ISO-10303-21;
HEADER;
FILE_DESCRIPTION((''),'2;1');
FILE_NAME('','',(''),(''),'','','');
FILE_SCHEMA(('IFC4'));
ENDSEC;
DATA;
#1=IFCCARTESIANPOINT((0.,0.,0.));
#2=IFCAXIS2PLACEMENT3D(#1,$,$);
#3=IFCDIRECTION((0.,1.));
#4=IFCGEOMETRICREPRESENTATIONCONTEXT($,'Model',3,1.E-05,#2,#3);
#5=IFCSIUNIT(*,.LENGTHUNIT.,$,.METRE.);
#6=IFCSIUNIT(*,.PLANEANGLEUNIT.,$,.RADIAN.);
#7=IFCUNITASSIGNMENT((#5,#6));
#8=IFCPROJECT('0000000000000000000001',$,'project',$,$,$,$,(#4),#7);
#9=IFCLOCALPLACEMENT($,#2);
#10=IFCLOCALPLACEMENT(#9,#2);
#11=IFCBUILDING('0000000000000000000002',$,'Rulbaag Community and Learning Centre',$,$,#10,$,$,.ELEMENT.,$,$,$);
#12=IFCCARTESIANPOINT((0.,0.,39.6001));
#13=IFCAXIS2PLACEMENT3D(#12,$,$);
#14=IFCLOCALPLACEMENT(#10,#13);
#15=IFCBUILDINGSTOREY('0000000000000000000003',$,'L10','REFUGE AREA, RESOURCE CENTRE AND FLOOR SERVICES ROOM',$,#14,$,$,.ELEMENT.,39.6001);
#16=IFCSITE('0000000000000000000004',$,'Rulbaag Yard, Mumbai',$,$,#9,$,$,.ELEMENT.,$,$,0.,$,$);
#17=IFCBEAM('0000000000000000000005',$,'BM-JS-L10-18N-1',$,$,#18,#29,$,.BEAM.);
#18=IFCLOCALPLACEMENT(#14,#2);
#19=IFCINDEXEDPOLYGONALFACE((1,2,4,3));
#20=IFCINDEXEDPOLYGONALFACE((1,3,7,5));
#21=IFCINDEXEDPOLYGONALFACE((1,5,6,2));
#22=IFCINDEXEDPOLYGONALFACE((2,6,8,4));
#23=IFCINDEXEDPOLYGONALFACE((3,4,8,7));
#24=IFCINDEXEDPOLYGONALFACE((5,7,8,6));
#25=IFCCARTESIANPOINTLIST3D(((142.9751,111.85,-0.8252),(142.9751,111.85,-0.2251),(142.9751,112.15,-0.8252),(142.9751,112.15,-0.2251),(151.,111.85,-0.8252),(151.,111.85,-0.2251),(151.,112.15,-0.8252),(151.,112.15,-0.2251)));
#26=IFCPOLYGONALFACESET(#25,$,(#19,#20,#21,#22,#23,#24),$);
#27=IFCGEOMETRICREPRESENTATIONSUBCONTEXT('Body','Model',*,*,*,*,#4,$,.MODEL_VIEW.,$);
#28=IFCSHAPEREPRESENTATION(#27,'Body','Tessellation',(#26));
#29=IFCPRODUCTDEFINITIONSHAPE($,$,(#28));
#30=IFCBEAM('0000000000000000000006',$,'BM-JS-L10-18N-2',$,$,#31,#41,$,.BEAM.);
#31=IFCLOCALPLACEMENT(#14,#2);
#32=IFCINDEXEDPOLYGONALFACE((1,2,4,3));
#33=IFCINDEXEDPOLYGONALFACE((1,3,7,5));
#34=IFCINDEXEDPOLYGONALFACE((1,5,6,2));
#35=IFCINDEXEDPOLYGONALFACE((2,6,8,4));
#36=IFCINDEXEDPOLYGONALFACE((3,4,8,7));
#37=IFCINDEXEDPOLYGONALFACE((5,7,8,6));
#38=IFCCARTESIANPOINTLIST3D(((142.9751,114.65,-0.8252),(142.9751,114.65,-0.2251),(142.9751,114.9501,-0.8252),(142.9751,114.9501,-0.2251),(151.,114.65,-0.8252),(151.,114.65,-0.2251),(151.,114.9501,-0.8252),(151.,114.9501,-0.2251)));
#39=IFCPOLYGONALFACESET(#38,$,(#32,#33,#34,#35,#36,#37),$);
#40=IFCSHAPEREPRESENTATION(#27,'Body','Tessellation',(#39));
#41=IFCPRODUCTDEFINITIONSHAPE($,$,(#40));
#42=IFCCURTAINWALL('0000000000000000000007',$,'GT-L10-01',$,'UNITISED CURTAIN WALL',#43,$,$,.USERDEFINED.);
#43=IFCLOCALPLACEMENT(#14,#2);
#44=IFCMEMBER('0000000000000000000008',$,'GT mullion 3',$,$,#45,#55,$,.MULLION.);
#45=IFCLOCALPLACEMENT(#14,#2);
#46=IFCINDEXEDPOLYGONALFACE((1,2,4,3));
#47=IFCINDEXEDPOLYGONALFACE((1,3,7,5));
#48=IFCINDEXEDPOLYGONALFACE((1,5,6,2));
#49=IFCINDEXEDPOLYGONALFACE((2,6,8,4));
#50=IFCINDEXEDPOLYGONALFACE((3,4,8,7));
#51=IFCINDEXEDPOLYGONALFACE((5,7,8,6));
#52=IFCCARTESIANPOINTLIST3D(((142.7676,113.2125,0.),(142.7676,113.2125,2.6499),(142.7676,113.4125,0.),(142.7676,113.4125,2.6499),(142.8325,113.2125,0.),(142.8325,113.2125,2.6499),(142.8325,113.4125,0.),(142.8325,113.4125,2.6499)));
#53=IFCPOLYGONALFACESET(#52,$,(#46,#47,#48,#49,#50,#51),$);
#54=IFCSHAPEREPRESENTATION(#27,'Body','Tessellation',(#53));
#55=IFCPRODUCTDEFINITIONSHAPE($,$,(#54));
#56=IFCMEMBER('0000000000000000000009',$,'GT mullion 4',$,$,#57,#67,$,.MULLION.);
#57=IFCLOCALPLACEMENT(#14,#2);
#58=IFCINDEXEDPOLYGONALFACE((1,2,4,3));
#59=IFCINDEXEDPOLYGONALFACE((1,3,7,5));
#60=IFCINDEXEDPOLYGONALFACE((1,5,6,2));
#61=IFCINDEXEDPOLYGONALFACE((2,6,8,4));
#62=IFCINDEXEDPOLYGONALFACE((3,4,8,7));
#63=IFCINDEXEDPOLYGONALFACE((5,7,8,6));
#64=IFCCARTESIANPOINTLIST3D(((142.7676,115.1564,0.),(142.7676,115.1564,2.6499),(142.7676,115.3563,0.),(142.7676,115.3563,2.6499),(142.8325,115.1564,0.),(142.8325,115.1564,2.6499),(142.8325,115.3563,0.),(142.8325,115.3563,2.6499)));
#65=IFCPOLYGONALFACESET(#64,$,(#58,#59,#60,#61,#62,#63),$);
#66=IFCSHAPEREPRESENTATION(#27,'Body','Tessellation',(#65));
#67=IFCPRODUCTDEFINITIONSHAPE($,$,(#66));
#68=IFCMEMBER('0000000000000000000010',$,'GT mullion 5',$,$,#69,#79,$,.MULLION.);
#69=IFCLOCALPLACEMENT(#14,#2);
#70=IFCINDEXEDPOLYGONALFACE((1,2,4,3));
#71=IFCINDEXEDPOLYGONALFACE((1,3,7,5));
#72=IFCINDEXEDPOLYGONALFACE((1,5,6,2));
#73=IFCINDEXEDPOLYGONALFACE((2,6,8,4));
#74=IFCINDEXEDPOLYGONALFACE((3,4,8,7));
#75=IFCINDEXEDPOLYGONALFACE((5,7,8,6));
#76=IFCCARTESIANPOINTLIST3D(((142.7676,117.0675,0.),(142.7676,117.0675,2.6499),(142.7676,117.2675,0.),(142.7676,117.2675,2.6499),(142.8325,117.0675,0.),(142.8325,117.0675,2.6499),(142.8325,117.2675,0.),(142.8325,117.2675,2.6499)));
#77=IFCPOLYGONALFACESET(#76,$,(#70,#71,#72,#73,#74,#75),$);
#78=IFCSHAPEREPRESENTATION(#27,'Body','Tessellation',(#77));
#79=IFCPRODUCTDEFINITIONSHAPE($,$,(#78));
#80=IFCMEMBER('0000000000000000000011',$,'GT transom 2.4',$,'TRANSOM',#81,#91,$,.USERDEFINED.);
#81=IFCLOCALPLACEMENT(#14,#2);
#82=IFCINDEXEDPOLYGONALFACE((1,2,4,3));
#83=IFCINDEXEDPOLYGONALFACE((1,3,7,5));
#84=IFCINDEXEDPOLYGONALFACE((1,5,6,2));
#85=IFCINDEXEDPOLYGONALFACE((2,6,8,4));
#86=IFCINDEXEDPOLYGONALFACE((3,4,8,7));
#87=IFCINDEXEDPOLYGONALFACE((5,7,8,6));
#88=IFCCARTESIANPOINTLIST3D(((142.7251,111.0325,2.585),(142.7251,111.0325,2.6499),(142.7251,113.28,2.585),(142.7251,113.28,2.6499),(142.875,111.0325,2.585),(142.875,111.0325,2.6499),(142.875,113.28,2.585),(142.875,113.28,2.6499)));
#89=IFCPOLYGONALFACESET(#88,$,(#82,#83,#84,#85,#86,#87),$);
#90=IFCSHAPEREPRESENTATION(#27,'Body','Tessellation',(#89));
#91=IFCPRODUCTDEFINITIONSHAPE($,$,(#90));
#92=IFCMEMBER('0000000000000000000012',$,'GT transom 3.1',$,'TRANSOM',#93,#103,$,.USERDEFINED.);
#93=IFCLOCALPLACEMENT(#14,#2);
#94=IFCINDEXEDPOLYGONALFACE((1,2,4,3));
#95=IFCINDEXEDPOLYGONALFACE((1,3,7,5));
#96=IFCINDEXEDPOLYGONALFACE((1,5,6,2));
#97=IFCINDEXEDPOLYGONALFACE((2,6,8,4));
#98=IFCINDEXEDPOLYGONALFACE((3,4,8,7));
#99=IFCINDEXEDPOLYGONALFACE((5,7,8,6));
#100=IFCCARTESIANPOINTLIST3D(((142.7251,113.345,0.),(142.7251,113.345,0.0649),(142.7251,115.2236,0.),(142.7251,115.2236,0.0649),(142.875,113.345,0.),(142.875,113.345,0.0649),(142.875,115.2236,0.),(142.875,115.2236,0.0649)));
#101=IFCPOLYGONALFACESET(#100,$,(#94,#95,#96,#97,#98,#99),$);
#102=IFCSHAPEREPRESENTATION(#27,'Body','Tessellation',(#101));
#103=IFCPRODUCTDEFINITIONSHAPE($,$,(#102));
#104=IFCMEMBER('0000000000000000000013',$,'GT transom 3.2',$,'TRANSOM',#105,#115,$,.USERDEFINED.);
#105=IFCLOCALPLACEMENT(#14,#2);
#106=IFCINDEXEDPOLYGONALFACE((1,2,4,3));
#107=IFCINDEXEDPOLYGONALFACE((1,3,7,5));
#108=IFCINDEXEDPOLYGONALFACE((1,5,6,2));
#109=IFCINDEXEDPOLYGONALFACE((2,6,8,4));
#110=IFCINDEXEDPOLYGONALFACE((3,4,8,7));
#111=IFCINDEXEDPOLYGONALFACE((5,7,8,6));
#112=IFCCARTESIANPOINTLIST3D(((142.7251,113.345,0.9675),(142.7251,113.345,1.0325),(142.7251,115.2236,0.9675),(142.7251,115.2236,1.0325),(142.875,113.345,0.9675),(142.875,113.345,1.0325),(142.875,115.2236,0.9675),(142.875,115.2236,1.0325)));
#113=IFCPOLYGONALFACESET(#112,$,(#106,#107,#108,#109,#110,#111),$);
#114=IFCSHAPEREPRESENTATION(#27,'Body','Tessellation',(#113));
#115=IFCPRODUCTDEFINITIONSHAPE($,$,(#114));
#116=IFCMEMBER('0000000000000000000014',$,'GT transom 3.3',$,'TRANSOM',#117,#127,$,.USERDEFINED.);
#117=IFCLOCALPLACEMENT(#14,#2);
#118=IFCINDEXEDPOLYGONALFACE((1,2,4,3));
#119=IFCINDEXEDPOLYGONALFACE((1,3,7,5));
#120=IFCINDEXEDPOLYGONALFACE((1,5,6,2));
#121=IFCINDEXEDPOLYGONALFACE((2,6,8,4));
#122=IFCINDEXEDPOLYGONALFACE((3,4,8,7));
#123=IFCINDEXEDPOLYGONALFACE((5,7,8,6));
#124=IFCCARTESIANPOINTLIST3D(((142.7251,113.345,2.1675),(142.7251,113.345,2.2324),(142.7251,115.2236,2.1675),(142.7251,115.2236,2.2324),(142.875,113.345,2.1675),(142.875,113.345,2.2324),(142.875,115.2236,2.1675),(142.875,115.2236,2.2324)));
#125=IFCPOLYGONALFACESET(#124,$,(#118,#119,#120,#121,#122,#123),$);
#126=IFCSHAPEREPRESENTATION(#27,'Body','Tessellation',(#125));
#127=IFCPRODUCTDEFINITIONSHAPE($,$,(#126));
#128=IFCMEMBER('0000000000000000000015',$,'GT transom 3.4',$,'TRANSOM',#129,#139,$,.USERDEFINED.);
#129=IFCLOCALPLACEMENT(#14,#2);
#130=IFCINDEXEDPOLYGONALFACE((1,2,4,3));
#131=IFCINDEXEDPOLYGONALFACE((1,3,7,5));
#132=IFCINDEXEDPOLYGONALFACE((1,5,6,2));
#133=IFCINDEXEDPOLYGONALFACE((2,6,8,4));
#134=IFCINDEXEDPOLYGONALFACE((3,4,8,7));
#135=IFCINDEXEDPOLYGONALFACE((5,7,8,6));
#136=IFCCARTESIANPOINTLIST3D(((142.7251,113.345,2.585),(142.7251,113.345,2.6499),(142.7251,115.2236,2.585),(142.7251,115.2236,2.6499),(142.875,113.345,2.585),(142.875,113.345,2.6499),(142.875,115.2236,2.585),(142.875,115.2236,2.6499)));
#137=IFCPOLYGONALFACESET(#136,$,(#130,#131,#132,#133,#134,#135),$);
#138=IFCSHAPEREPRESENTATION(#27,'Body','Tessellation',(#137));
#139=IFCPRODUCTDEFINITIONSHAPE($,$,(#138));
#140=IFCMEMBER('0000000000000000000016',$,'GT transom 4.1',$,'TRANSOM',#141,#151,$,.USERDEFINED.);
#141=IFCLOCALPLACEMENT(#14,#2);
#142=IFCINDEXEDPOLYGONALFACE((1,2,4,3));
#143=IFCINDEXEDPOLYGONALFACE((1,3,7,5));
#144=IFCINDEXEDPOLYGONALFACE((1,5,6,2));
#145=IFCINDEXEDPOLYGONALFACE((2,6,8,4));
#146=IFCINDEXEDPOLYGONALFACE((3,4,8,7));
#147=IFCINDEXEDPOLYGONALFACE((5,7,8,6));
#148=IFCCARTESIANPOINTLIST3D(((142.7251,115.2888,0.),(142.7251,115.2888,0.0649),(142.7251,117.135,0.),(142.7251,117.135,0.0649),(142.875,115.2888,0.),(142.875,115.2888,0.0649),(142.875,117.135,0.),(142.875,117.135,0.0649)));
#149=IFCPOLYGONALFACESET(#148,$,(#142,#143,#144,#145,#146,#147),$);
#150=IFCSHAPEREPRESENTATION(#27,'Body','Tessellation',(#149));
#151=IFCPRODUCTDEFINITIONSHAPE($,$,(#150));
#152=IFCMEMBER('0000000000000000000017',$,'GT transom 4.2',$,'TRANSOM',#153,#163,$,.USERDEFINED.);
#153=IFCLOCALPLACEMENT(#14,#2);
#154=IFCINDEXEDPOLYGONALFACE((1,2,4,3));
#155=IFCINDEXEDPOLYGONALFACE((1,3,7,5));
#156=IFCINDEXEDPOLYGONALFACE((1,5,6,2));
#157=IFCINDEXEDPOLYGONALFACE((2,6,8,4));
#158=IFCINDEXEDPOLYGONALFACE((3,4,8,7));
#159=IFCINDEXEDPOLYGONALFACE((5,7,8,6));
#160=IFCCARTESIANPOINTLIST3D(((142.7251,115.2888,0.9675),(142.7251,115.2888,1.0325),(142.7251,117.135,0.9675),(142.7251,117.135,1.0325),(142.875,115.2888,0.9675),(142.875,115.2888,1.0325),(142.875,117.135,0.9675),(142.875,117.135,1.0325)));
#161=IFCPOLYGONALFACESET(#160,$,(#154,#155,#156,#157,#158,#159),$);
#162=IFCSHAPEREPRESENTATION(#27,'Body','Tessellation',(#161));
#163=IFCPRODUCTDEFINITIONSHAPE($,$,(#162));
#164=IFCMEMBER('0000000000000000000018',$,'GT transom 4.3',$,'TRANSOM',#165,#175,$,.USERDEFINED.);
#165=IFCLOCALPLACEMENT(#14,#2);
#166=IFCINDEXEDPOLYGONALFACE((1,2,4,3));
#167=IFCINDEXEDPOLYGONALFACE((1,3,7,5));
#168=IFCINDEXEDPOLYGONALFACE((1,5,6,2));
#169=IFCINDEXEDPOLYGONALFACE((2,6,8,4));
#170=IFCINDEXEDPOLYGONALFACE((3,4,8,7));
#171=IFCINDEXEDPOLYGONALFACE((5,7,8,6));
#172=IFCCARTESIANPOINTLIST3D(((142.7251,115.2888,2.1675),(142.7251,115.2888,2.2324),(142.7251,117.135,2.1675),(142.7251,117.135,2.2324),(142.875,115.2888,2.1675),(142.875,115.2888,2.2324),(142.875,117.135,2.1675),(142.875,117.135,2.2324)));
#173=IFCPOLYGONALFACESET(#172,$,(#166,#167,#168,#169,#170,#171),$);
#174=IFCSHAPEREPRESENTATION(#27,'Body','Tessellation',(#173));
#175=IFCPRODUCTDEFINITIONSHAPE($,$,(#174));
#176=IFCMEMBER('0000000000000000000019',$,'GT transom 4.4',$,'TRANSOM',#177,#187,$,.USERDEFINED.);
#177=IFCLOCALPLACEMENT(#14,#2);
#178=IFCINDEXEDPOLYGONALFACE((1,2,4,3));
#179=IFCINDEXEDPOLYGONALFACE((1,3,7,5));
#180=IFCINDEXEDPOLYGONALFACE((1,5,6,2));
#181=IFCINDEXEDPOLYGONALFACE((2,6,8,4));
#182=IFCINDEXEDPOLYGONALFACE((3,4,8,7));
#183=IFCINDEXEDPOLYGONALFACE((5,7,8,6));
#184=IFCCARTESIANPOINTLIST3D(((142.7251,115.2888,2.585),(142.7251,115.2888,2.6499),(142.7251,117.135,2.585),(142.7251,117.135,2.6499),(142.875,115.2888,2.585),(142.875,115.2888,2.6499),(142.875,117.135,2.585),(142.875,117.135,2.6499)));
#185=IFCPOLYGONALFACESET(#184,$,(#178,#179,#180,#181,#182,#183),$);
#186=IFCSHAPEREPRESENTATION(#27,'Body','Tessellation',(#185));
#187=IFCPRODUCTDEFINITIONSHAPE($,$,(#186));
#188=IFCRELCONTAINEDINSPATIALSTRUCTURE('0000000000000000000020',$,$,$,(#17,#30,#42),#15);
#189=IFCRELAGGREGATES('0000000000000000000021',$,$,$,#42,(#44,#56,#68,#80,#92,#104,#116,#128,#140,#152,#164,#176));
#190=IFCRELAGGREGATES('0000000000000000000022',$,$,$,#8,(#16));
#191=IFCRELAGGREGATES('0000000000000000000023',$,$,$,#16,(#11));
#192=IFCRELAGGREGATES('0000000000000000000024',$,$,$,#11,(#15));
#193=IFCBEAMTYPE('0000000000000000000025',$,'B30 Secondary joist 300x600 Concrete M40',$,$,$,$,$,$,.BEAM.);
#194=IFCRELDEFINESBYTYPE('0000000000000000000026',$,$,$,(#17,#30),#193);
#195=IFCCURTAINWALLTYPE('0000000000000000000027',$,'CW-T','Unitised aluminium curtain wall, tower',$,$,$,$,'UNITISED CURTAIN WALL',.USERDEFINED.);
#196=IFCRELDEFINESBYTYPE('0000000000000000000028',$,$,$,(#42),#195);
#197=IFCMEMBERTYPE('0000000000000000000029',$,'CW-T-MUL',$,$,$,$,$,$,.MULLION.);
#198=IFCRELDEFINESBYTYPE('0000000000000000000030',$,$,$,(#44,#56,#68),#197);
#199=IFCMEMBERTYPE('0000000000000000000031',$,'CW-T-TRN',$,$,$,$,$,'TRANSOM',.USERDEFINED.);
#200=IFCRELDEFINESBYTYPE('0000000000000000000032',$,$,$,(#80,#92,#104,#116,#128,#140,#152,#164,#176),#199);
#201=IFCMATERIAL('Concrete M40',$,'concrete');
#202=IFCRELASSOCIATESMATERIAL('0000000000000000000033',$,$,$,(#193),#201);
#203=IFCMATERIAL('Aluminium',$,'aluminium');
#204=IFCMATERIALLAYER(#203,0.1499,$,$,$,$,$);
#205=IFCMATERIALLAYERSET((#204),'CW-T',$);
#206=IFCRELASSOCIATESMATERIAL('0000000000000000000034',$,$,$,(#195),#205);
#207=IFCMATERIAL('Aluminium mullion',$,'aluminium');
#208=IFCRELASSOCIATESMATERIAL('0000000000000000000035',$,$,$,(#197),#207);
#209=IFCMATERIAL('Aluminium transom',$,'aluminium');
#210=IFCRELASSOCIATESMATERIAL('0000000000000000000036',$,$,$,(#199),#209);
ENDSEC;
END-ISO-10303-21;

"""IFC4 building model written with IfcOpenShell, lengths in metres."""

from ifc_helpers import new_model, si_unit, direction, frame, origin, origin_2d, place, context, subcontext, project, spatial, rectangle, extrude, material, layer, layer_set, material_profile, profile_set, type_object, element, aggregate, save


model = new_model("IFC4")

# Units and contexts
model_context = context("Model", 3, precision=1e-05, world=origin(), true_north=direction((0.0, 1.0)))
body_context = subcontext(model_context, "Body", "Model", "MODEL_VIEW")
ifc_project = project(units=[si_unit("LENGTHUNIT", "METRE"), si_unit("PLANEANGLEUNIT", "RADIAN")], contexts=[model_context])

# Site, building, storey
site_placement = place(None, origin())
site = spatial("IfcSite", under=ifc_project, at=site_placement, Name="Rulbaag Yard, Mumbai", CompositionType="ELEMENT", RefElevation=0.0)
building_placement = place(site_placement, origin())
building = spatial("IfcBuilding", under=site, at=building_placement, Name="Rulbaag Community and Learning Centre", CompositionType="ELEMENT")
storey_placement = place(building_placement, frame((0.0, 0.0, 39.6001)))
storey = spatial("IfcBuildingStorey", under=building, at=storey_placement, Name="L10", Description="REFUGE AREA, RESOURCE CENTRE AND FLOOR SERVICES ROOM", CompositionType="ELEMENT", Elevation=39.6001)

# Beams
ifc_material_1 = material(Name="Concrete M40", Category="concrete")
ifc_material_profile_1 = material_profile(ifc_material_1, rectangle(XDim=0.3, YDim=0.6001, at=origin_2d()), Name="RB300x600")
ifc_profile_set_1 = profile_set([ifc_material_profile_1], Name="Concrete M40")
beam_type = type_object("IfcBeamType", Name="B30 Secondary joist 300x600 Concrete M40", PredefinedType="BEAM", material=ifc_profile_set_1)
for number, where, z_axis, x_axis, name in (
    (1, (142.9751, 112.0, -0.5251), (1.0, 0.0, 0.0), (0.0, 1.0, 0.0), "BM-JS-L10-18N-1"),
    (2, (142.9751, 114.8, -0.5251), (1.0, 0.0, 0.0), (0.0, 1.0, 0.0), "BM-JS-L10-18N-2"),
):
    element("IfcBeam", number, at=place(storey_placement, frame(where, z_axis=z_axis, x_axis=x_axis)), inside=storey, type_object=beam_type, Name=name, PredefinedType="BEAM", context=body_context, shape_type="SweptSolid", body=[
        extrude(rectangle(XDim=0.3, YDim=0.6001, at=origin_2d()), origin(), (0.0, 0.0, 1.0), 8.0249),
    ])

# Curtain wall, members
ifc_material_2 = material(Name="Aluminium", Category="aluminium")
ifc_layer_1 = layer(ifc_material_2, 0.1499)
ifc_layer_set_1 = layer_set([ifc_layer_1], Name="CW-T")
curtain_wall_type = type_object("IfcCurtainWallType", Name="CW-T", Description="Unitised aluminium curtain wall, tower", ElementType="UNITISED CURTAIN WALL", PredefinedType="USERDEFINED", material=ifc_layer_set_1)
curtain_wall_placement = place(storey_placement, origin())
curtain_wall = element("IfcCurtainWall", 3, at=curtain_wall_placement, inside=storey, type_object=curtain_wall_type, Name="GT-L10-01", ObjectType="UNITISED CURTAIN WALL", PredefinedType="USERDEFINED")
ifc_material_3 = material(Name="Aluminium mullion", Category="aluminium")
ifc_material_profile_2 = material_profile(ifc_material_3, rectangle(XDim=0.0649, YDim=0.2, at=origin_2d()), Name="AL 65x200")
ifc_profile_set_2 = profile_set([ifc_material_profile_2], Name="Aluminium mullion")
member_type_1 = type_object("IfcMemberType", Name="CW-T-MUL", PredefinedType="MULLION", material=ifc_profile_set_2)
member_1_placement = place(storey_placement, frame((142.8, 113.3125, 0.0), z_axis=(0.0, 0.0, 1.0), x_axis=(-1.0, 0.0, 0.0)))
member_1 = element("IfcMember", 4, at=member_1_placement, type_object=member_type_1, Name="GT mullion 3", PredefinedType="MULLION", context=body_context, shape_type="SweptSolid", body=[
    extrude(rectangle(XDim=0.0649, YDim=0.2, at=origin_2d()), origin(), (0.0, 0.0, 1.0), 2.6499),
])
member_2_placement = place(storey_placement, frame((142.8, 115.2563, 0.0), z_axis=(0.0, 0.0, 1.0), x_axis=(-1.0, 0.0, 0.0)))
member_2 = element("IfcMember", 5, at=member_2_placement, type_object=member_type_1, Name="GT mullion 4", PredefinedType="MULLION", context=body_context, shape_type="SweptSolid", body=[
    extrude(rectangle(XDim=0.0649, YDim=0.2, at=origin_2d()), origin(), (0.0, 0.0, 1.0), 2.6499),
])
member_3_placement = place(storey_placement, frame((142.8, 117.1675, 0.0), z_axis=(0.0, 0.0, 1.0), x_axis=(-1.0, 0.0, 0.0)))
member_3 = element("IfcMember", 6, at=member_3_placement, type_object=member_type_1, Name="GT mullion 5", PredefinedType="MULLION", context=body_context, shape_type="SweptSolid", body=[
    extrude(rectangle(XDim=0.0649, YDim=0.2, at=origin_2d()), origin(), (0.0, 0.0, 1.0), 2.6499),
])
ifc_material_4 = material(Name="Aluminium transom", Category="aluminium")
ifc_material_profile_3 = material_profile(ifc_material_4, rectangle(XDim=0.1499, YDim=0.0649, at=origin_2d()), Name="AL 65x150 T")
ifc_profile_set_3 = profile_set([ifc_material_profile_3], Name="Aluminium transom")
member_type_2 = type_object("IfcMemberType", Name="CW-T-TRN", ElementType="TRANSOM", PredefinedType="USERDEFINED", material=ifc_profile_set_3)
member_4_placement = place(storey_placement, frame((142.8, 111.0325, 2.6174), z_axis=(0.0, 1.0, 0.0), x_axis=(-1.0, 0.0, 0.0)))
member_4 = element("IfcMember", 7, at=member_4_placement, type_object=member_type_2, Name="GT transom 2.4", ObjectType="TRANSOM", PredefinedType="USERDEFINED", context=body_context, shape_type="SweptSolid", body=[
    extrude(rectangle(XDim=0.1499, YDim=0.0649, at=origin_2d()), origin(), (0.0, 0.0, 1.0), 2.2476),
])
member_5_placement = place(storey_placement, frame((142.8, 113.345, 0.0325), z_axis=(0.0, 1.0, 0.0), x_axis=(-1.0, 0.0, 0.0)))
member_5 = element("IfcMember", 8, at=member_5_placement, type_object=member_type_2, Name="GT transom 3.1", ObjectType="TRANSOM", PredefinedType="USERDEFINED", context=body_context, shape_type="SweptSolid", body=[
    extrude(rectangle(XDim=0.1499, YDim=0.0649, at=origin_2d()), origin(), (0.0, 0.0, 1.0), 1.8787),
])
member_6_placement = place(storey_placement, frame((142.8, 113.345, 1.0), z_axis=(0.0, 1.0, 0.0), x_axis=(-1.0, 0.0, 0.0)))
member_6 = element("IfcMember", 9, at=member_6_placement, type_object=member_type_2, Name="GT transom 3.2", ObjectType="TRANSOM", PredefinedType="USERDEFINED", context=body_context, shape_type="SweptSolid", body=[
    extrude(rectangle(XDim=0.1499, YDim=0.0649, at=origin_2d()), origin(), (0.0, 0.0, 1.0), 1.8787),
])
member_7_placement = place(storey_placement, frame((142.8, 113.345, 2.2), z_axis=(0.0, 1.0, 0.0), x_axis=(-1.0, 0.0, 0.0)))
member_7 = element("IfcMember", 10, at=member_7_placement, type_object=member_type_2, Name="GT transom 3.3", ObjectType="TRANSOM", PredefinedType="USERDEFINED", context=body_context, shape_type="SweptSolid", body=[
    extrude(rectangle(XDim=0.1499, YDim=0.0649, at=origin_2d()), origin(), (0.0, 0.0, 1.0), 1.8787),
])
member_8_placement = place(storey_placement, frame((142.8, 113.345, 2.6174), z_axis=(0.0, 1.0, 0.0), x_axis=(-1.0, 0.0, 0.0)))
member_8 = element("IfcMember", 11, at=member_8_placement, type_object=member_type_2, Name="GT transom 3.4", ObjectType="TRANSOM", PredefinedType="USERDEFINED", context=body_context, shape_type="SweptSolid", body=[
    extrude(rectangle(XDim=0.1499, YDim=0.0649, at=origin_2d()), origin(), (0.0, 0.0, 1.0), 1.8787),
])
member_9_placement = place(storey_placement, frame((142.8, 115.2888, 0.0325), z_axis=(0.0, 1.0, 0.0), x_axis=(-1.0, 0.0, 0.0)))
member_9 = element("IfcMember", 12, at=member_9_placement, type_object=member_type_2, Name="GT transom 4.1", ObjectType="TRANSOM", PredefinedType="USERDEFINED", context=body_context, shape_type="SweptSolid", body=[
    extrude(rectangle(XDim=0.1499, YDim=0.0649, at=origin_2d()), origin(), (0.0, 0.0, 1.0), 1.8462),
])
member_10_placement = place(storey_placement, frame((142.8, 115.2888, 1.0), z_axis=(0.0, 1.0, 0.0), x_axis=(-1.0, 0.0, 0.0)))
member_10 = element("IfcMember", 13, at=member_10_placement, type_object=member_type_2, Name="GT transom 4.2", ObjectType="TRANSOM", PredefinedType="USERDEFINED", context=body_context, shape_type="SweptSolid", body=[
    extrude(rectangle(XDim=0.1499, YDim=0.0649, at=origin_2d()), origin(), (0.0, 0.0, 1.0), 1.8462),
])
member_11_placement = place(storey_placement, frame((142.8, 115.2888, 2.2), z_axis=(0.0, 1.0, 0.0), x_axis=(-1.0, 0.0, 0.0)))
member_11 = element("IfcMember", 14, at=member_11_placement, type_object=member_type_2, Name="GT transom 4.3", ObjectType="TRANSOM", PredefinedType="USERDEFINED", context=body_context, shape_type="SweptSolid", body=[
    extrude(rectangle(XDim=0.1499, YDim=0.0649, at=origin_2d()), origin(), (0.0, 0.0, 1.0), 1.8462),
])
member_12_placement = place(storey_placement, frame((142.8, 115.2888, 2.6174), z_axis=(0.0, 1.0, 0.0), x_axis=(-1.0, 0.0, 0.0)))
member_12 = element("IfcMember", 15, at=member_12_placement, type_object=member_type_2, Name="GT transom 4.4", ObjectType="TRANSOM", PredefinedType="USERDEFINED", context=body_context, shape_type="SweptSolid", body=[
    extrude(rectangle(XDim=0.1499, YDim=0.0649, at=origin_2d()), origin(), (0.0, 0.0, 1.0), 1.8462),
])
aggregate(curtain_wall, [member_1, member_2, member_3, member_4, member_5, member_6, member_7, member_8, member_9, member_10, member_11, member_12])

save(model, "model.ifc")
